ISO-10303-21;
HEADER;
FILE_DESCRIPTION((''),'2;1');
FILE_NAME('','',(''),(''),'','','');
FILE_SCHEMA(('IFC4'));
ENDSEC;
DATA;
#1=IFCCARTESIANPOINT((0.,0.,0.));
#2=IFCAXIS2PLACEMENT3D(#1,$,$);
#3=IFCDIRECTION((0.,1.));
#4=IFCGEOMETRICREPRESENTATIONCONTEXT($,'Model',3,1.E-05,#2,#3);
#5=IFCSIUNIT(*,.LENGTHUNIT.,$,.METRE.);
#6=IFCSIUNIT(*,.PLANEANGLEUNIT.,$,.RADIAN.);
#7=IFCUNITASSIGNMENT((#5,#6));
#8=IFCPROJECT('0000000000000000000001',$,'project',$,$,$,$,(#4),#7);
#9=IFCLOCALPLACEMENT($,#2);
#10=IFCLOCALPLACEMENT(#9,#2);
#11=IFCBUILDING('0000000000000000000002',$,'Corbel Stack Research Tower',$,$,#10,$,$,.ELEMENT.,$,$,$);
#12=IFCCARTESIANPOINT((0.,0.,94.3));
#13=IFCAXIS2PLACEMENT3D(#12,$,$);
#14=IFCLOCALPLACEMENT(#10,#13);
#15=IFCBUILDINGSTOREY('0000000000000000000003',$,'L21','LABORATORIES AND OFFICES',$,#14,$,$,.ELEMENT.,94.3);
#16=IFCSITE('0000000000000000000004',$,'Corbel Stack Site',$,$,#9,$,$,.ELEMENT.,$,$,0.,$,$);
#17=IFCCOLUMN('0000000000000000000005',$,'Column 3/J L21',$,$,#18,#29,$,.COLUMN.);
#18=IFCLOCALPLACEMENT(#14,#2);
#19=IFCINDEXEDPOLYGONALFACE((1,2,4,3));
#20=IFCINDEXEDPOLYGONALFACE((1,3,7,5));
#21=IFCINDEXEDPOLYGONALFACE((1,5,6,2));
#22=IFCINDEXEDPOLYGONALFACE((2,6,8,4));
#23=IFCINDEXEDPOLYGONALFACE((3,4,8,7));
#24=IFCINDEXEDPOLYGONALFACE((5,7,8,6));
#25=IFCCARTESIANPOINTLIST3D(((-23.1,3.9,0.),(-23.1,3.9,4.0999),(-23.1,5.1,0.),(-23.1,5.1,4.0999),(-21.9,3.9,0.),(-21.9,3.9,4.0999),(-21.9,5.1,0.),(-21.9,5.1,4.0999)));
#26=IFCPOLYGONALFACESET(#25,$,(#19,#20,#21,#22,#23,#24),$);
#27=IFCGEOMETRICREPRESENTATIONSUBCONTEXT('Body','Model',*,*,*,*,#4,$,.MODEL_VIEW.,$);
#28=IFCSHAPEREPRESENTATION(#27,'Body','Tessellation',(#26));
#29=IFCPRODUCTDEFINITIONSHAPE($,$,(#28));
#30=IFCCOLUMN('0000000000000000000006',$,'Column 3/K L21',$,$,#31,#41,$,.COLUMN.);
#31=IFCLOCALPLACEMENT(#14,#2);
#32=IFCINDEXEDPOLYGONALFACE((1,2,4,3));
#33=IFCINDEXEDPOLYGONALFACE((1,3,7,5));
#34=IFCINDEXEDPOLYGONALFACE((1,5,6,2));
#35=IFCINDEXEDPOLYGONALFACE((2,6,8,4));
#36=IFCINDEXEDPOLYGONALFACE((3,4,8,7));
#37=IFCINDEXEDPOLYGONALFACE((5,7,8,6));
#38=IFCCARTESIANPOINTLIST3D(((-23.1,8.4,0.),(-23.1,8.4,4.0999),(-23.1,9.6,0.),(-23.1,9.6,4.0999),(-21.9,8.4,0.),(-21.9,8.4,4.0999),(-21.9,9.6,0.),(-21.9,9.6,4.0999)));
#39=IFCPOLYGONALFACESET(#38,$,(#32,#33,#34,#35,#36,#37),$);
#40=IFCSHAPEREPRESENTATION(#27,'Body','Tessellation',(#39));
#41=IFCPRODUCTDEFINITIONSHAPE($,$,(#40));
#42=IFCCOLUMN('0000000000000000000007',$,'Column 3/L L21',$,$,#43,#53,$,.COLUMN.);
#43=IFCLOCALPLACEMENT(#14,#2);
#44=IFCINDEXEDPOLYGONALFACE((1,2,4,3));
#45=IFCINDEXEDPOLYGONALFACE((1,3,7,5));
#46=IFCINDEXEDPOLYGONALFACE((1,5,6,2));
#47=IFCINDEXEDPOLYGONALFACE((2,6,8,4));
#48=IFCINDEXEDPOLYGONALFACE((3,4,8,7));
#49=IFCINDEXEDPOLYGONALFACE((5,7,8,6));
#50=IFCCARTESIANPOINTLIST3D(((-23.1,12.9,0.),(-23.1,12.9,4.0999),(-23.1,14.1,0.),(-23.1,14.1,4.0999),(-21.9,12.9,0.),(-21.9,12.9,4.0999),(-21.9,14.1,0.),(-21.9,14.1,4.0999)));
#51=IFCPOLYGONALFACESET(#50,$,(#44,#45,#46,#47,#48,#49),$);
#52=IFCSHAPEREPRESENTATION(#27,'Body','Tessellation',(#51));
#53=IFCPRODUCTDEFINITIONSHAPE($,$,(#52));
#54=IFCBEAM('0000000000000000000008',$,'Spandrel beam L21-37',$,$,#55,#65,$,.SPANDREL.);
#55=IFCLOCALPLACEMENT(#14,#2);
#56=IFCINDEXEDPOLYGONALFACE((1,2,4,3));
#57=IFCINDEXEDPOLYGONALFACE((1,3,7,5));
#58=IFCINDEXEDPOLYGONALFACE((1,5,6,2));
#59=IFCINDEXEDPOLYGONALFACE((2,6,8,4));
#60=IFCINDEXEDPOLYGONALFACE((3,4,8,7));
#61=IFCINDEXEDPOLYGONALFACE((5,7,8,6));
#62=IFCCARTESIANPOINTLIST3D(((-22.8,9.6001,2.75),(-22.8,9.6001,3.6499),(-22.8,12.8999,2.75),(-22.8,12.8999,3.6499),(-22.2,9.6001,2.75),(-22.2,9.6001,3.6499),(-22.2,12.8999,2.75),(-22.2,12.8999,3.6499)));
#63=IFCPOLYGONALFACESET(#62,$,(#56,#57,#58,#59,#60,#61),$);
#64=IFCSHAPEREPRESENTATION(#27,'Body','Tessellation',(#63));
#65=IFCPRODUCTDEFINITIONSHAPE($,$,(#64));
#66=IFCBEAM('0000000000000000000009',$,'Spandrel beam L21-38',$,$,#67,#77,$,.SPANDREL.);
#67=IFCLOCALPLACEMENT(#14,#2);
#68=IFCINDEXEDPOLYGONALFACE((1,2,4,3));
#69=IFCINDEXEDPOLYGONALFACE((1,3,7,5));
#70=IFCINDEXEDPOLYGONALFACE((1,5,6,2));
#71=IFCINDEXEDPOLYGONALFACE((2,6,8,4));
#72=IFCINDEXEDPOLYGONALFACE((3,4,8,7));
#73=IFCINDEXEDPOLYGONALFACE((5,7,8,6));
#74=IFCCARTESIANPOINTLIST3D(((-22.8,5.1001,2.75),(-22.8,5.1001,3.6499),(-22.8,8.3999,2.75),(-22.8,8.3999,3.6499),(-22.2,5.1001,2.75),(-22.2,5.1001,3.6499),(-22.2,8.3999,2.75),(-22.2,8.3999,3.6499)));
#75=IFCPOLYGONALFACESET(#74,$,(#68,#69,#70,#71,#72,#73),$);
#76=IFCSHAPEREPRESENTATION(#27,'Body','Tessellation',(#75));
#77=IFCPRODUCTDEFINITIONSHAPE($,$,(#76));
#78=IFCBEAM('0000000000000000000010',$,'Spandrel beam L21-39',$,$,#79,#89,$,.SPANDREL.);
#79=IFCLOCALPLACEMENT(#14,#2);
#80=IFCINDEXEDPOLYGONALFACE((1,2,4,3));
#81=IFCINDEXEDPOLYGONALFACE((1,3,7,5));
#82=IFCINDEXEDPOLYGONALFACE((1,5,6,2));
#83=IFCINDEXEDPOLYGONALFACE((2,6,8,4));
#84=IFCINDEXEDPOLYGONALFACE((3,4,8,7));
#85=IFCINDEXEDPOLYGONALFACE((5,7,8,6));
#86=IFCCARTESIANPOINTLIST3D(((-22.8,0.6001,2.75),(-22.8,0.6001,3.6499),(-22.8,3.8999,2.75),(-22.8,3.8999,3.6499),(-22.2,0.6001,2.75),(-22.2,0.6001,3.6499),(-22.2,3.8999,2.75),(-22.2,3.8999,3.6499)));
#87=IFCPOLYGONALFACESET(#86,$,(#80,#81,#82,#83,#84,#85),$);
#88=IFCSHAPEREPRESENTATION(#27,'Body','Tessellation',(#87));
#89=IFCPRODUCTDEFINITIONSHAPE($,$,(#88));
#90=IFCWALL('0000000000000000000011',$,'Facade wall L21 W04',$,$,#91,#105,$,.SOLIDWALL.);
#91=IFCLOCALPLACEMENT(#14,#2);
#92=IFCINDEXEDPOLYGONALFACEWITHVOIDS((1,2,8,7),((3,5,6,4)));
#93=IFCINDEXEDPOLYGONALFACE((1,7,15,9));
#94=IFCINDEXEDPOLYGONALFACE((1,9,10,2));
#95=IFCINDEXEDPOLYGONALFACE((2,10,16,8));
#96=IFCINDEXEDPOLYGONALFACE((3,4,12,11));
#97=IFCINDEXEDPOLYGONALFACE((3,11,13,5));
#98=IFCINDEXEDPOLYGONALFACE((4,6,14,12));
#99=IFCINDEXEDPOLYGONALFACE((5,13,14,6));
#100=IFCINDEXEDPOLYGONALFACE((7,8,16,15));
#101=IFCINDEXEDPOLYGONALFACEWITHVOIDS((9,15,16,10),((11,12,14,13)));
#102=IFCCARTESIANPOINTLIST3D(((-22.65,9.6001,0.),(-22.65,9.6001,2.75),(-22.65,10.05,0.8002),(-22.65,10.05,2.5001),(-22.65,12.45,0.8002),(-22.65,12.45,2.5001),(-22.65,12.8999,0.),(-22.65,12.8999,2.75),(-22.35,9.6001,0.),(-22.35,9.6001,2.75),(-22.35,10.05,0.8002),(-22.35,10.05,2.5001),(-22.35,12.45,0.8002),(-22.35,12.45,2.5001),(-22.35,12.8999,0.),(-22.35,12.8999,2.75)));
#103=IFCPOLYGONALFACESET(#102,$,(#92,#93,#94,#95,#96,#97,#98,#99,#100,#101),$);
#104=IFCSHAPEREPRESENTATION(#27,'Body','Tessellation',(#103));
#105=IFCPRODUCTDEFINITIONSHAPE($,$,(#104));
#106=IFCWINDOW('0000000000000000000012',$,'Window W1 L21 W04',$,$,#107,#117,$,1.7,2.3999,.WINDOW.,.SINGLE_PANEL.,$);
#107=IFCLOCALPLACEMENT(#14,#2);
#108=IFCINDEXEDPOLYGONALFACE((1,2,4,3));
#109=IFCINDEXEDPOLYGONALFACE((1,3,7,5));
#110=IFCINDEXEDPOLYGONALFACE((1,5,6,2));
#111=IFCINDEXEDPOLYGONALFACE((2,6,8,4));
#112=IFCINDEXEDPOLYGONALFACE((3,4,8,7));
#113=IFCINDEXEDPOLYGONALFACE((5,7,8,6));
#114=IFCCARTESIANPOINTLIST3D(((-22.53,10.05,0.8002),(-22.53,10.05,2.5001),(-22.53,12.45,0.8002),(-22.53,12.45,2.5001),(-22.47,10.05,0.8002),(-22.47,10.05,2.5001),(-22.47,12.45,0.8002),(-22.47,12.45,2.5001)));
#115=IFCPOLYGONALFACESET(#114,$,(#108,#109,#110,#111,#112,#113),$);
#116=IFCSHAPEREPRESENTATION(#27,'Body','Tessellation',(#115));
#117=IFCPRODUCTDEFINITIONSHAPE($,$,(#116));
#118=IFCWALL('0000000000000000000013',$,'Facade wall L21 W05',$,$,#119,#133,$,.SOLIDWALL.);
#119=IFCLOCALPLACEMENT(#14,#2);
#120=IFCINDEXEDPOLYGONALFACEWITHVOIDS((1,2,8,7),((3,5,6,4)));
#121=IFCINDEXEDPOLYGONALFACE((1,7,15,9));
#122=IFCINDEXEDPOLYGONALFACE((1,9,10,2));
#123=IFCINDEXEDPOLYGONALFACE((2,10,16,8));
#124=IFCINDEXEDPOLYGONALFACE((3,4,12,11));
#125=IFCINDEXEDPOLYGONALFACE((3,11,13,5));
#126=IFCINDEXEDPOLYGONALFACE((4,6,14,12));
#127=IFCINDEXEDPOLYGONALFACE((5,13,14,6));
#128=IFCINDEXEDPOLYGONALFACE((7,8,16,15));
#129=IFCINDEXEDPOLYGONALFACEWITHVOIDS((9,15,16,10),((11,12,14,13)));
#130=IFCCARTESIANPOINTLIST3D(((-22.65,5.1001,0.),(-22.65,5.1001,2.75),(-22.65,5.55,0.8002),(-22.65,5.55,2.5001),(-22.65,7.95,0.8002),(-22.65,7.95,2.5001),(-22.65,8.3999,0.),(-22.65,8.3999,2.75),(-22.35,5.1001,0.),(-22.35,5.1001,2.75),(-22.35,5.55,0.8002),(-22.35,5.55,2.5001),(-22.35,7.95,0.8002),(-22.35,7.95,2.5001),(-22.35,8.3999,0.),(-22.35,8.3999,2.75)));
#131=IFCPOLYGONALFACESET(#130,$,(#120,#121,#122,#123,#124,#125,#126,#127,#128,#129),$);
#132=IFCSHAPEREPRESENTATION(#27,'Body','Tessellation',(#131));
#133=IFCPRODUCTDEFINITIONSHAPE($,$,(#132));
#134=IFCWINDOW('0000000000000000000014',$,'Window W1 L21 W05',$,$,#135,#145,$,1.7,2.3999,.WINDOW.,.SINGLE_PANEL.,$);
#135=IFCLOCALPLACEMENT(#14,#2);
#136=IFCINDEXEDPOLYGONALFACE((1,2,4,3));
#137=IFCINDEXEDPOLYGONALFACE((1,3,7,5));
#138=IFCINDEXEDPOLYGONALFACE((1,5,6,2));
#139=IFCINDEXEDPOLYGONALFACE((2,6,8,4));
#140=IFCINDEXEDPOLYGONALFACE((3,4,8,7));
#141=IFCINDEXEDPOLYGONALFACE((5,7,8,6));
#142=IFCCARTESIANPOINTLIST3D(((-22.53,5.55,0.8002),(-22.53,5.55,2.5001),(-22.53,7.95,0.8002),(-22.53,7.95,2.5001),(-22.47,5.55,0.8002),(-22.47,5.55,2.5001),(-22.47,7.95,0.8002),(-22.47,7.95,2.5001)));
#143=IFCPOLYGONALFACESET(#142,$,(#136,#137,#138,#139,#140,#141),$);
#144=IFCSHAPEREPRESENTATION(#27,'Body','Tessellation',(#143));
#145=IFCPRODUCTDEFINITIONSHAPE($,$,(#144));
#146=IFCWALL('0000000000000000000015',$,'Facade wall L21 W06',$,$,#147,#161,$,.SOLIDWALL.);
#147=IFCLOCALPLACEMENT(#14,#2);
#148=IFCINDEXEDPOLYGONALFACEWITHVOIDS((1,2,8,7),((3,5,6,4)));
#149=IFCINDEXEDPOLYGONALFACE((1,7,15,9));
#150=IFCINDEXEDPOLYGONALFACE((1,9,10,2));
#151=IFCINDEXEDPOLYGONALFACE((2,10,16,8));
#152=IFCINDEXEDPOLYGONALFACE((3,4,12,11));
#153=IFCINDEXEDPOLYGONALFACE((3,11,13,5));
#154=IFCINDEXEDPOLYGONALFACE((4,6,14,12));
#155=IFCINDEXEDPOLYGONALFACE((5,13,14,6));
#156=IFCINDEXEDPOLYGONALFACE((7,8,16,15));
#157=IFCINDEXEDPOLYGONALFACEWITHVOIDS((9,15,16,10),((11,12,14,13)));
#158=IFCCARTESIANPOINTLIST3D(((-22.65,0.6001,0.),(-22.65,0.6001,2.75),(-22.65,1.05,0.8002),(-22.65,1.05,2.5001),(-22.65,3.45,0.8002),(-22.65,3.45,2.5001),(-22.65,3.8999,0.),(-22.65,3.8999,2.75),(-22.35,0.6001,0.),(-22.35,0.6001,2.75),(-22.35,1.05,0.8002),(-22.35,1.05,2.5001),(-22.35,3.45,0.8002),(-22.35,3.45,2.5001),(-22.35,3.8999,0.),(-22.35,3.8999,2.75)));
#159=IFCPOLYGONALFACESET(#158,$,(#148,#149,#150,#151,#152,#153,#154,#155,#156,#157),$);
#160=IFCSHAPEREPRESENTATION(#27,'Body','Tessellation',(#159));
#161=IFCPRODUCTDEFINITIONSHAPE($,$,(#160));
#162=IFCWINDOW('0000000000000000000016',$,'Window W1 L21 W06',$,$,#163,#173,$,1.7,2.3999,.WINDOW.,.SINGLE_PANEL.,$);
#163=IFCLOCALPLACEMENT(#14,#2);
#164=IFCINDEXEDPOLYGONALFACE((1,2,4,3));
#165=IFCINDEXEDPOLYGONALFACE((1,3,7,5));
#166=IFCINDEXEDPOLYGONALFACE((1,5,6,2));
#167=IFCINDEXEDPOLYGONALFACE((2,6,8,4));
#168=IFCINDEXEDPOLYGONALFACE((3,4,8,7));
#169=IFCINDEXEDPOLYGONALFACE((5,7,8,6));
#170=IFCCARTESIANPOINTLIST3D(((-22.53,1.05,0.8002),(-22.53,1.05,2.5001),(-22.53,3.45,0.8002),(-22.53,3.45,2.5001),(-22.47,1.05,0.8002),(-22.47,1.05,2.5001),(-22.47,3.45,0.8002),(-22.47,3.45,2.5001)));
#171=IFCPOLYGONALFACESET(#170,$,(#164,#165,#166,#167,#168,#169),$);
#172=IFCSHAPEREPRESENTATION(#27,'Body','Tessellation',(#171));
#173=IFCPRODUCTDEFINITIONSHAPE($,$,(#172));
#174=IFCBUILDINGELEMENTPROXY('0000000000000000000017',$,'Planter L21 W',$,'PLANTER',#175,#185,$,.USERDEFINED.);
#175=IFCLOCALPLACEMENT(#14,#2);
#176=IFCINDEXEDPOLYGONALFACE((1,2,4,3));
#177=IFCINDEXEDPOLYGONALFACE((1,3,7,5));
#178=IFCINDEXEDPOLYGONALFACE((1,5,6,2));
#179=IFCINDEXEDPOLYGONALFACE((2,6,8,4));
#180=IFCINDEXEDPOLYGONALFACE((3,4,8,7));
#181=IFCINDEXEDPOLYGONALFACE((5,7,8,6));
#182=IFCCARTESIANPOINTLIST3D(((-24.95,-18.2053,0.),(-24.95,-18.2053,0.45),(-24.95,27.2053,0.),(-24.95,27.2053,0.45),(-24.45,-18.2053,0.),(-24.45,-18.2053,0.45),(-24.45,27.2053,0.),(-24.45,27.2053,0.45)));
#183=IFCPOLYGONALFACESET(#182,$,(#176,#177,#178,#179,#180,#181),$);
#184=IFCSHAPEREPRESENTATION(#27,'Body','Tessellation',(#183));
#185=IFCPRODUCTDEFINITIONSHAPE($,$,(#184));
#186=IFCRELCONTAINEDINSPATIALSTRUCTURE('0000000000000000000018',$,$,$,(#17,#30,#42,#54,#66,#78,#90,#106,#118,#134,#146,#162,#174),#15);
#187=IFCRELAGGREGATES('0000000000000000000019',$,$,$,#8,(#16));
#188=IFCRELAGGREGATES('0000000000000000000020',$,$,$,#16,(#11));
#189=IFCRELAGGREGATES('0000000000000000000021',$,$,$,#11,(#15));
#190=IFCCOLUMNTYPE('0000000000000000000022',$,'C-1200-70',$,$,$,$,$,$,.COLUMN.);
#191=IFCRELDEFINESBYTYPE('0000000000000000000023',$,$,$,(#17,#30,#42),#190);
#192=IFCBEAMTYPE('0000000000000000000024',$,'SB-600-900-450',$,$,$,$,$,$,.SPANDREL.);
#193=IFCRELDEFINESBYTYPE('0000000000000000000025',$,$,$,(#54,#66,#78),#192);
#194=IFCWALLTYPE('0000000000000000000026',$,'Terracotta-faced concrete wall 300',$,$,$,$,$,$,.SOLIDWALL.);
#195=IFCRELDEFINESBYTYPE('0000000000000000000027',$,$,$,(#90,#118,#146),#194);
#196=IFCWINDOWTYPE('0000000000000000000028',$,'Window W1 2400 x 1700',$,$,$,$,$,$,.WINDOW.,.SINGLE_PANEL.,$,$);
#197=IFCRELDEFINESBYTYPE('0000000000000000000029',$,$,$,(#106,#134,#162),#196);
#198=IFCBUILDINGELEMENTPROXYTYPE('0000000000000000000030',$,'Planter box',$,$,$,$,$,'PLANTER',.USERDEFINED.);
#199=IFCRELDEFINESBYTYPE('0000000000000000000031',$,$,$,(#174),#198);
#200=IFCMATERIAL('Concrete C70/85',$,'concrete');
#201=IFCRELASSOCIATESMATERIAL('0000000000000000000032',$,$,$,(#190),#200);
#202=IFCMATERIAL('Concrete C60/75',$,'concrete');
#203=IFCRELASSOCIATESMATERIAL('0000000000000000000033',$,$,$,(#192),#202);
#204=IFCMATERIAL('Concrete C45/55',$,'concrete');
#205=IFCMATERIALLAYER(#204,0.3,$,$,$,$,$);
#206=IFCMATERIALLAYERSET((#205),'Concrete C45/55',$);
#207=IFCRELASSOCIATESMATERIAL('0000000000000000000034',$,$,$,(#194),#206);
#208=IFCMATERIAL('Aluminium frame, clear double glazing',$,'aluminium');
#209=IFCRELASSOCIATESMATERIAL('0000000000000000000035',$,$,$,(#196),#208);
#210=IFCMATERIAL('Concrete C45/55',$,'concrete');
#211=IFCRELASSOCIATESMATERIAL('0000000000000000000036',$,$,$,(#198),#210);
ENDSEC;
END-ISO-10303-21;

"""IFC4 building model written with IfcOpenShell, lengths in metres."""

from ifc_helpers import new_model, si_unit, direction, frame, frame_2d, origin, origin_2d, place, context, subcontext, project, spatial, rectangle, extrude, material, layer, layer_set, material_profile, profile_set, type_object, element, fill, save


model = new_model("IFC4")

# Units and contexts
model_context = context("Model", 3, precision=1e-05, world=origin(), true_north=direction((0.0, 1.0)))
body_context = subcontext(model_context, "Body", "Model", "MODEL_VIEW")
ifc_project = project(units=[si_unit("LENGTHUNIT", "METRE"), si_unit("PLANEANGLEUNIT", "RADIAN")], contexts=[model_context])

# Site, building, storey
site_placement = place(None, origin())
site = spatial("IfcSite", under=ifc_project, at=site_placement, Name="Corbel Stack Site", CompositionType="ELEMENT", RefElevation=0.0)
building_placement = place(site_placement, origin())
building = spatial("IfcBuilding", under=site, at=building_placement, Name="Corbel Stack Research Tower", CompositionType="ELEMENT")
storey_placement = place(building_placement, frame((0.0, 0.0, 94.3)))
storey = spatial("IfcBuildingStorey", under=building, at=storey_placement, Name="L21", Description="LABORATORIES AND OFFICES", CompositionType="ELEMENT", Elevation=94.3)

# Columns
ifc_material_1 = material(Name="Concrete C70/85", Category="concrete")
ifc_material_profile_1 = material_profile(ifc_material_1, rectangle(XDim=1.2, YDim=1.2, at=origin_2d()), Name="RC 1200 x 1200")
ifc_profile_set_1 = profile_set([ifc_material_profile_1], Name="Concrete C70/85")
column_type = type_object("IfcColumnType", Name="C-1200-70", PredefinedType="COLUMN", material=ifc_profile_set_1)
for number, where, z_axis, x_axis, name in (
    (1, (-22.5, 4.5, 0.0), (0.0, 0.0, 1.0), (1.0, 0.0, 0.0), "Column 3/J L21"),
    (2, (-22.5, 9.0, 0.0), (0.0, 0.0, 1.0), (1.0, 0.0, 0.0), "Column 3/K L21"),
    (3, (-22.5, 13.5, 0.0), (0.0, 0.0, 1.0), (1.0, 0.0, 0.0), "Column 3/L L21"),
):
    element("IfcColumn", number, at=place(storey_placement, frame(where, z_axis=z_axis, x_axis=x_axis)), inside=storey, type_object=column_type, Name=name, PredefinedType="COLUMN", context=body_context, shape_type="SweptSolid", body=[
        extrude(rectangle(XDim=1.2, YDim=1.2, at=origin_2d()), origin(), (0.0, 0.0, 1.0), 4.0999),
    ])

# Beams
ifc_material_2 = material(Name="Concrete C60/75", Category="concrete")
ifc_material_profile_2 = material_profile(ifc_material_2, rectangle(XDim=0.6001, YDim=0.8999, at=origin_2d()), Name="RC 600 x 900")
ifc_profile_set_2 = profile_set([ifc_material_profile_2], Name="Concrete C60/75")
beam_type = type_object("IfcBeamType", Name="SB-600-900-450", PredefinedType="SPANDREL", material=ifc_profile_set_2)
for number, where, z_axis, x_axis, name in (
    (4, (-22.5, 12.8999, 3.2), (0.0, -1.0, 0.0), (1.0, 0.0, 0.0), "Spandrel beam L21-37"),
    (5, (-22.5, 8.3999, 3.2), (0.0, -1.0, 0.0), (1.0, 0.0, 0.0), "Spandrel beam L21-38"),
    (6, (-22.5, 3.8999, 3.2), (0.0, -1.0, 0.0), (1.0, 0.0, 0.0), "Spandrel beam L21-39"),
):
    element("IfcBeam", number, at=place(storey_placement, frame(where, z_axis=z_axis, x_axis=x_axis)), inside=storey, type_object=beam_type, Name=name, PredefinedType="SPANDREL", context=body_context, shape_type="SweptSolid", body=[
        extrude(rectangle(XDim=0.6001, YDim=0.8999, at=origin_2d()), origin(), (0.0, 0.0, 1.0), 3.2998),
    ])

# Walls, openings, windows
ifc_material_3 = material(Name="Concrete C45/55", Category="concrete")
ifc_layer = layer(ifc_material_3, 0.3)
ifc_layer_set = layer_set([ifc_layer], Name="Concrete C45/55")
wall_type = type_object("IfcWallType", Name="Terracotta-faced concrete wall 300", PredefinedType="SOLIDWALL", material=ifc_layer_set)
wall_1_placement = place(storey_placement, frame((-22.5, 9.6001, 0.0), z_axis=(0.0, 0.0, 1.0), x_axis=(0.0, 1.0, 0.0)))
wall_1 = element("IfcWall", 7, at=wall_1_placement, inside=storey, type_object=wall_type, Name="Facade wall L21 W04", PredefinedType="SOLIDWALL", context=body_context, shape_type="SweptSolid", body=[
    extrude(rectangle(XDim=3.2998, YDim=0.3, at=frame_2d((1.6499, 0.0))), origin(), (0.0, 0.0, 1.0), 2.75),
])
opening_1_placement = place(wall_1_placement, frame((0.45, 0.0, 0.8)))
opening_1 = element("IfcOpeningElement", 8, at=opening_1_placement, cuts=wall_1, PredefinedType="OPENING", context=body_context, shape_type="SweptSolid", body=[
    extrude(rectangle(XDim=2.3999, YDim=1.7, at=frame_2d((1.2, 0.8501))), frame((0.0, 0.1599, 0.0), z_axis=(0.0, -1.0, 0.0), x_axis=(1.0, 0.0, 0.0)), (0.0, 0.0, 1.0), 0.3201),
])
ifc_material_4 = material(Name="Aluminium frame, clear double glazing", Category="aluminium")
window_type = type_object("IfcWindowType", Name="Window W1 2400 x 1700", PartitioningType="SINGLE_PANEL", PredefinedType="WINDOW", material=ifc_material_4)
window_1_placement = place(opening_1_placement, origin())
window_1 = element("IfcWindow", 9, at=window_1_placement, inside=storey, type_object=window_type, Name="Window W1 L21 W04", OverallHeight=1.7, OverallWidth=2.3999, PartitioningType="SINGLE_PANEL", PredefinedType="WINDOW", context=body_context, shape_type="SweptSolid", body=[
    extrude(rectangle(XDim=2.3999, YDim=1.7, at=frame_2d((1.2, 0.8501))), frame((0.0, 0.03, 0.0), z_axis=(0.0, -1.0, 0.0), x_axis=(1.0, 0.0, 0.0)), (0.0, 0.0, 1.0), 0.0601),
])
fill(opening_1, window_1)
wall_2_placement = place(storey_placement, frame((-22.5, 5.1001, 0.0), z_axis=(0.0, 0.0, 1.0), x_axis=(0.0, 1.0, 0.0)))
wall_2 = element("IfcWall", 10, at=wall_2_placement, inside=storey, type_object=wall_type, Name="Facade wall L21 W05", PredefinedType="SOLIDWALL", context=body_context, shape_type="SweptSolid", body=[
    extrude(rectangle(XDim=3.2998, YDim=0.3, at=frame_2d((1.6499, 0.0))), origin(), (0.0, 0.0, 1.0), 2.75),
])
opening_2_placement = place(wall_2_placement, frame((0.45, 0.0, 0.8)))
opening_2 = element("IfcOpeningElement", 11, at=opening_2_placement, cuts=wall_2, PredefinedType="OPENING", context=body_context, shape_type="SweptSolid", body=[
    extrude(rectangle(XDim=2.3999, YDim=1.7, at=frame_2d((1.2, 0.8501))), frame((0.0, 0.1599, 0.0), z_axis=(0.0, -1.0, 0.0), x_axis=(1.0, 0.0, 0.0)), (0.0, 0.0, 1.0), 0.3201),
])
window_2_placement = place(opening_2_placement, origin())
window_2 = element("IfcWindow", 12, at=window_2_placement, inside=storey, type_object=window_type, Name="Window W1 L21 W05", OverallHeight=1.7, OverallWidth=2.3999, PartitioningType="SINGLE_PANEL", PredefinedType="WINDOW", context=body_context, shape_type="SweptSolid", body=[
    extrude(rectangle(XDim=2.3999, YDim=1.7, at=frame_2d((1.2, 0.8501))), frame((0.0, 0.03, 0.0), z_axis=(0.0, -1.0, 0.0), x_axis=(1.0, 0.0, 0.0)), (0.0, 0.0, 1.0), 0.0601),
])
fill(opening_2, window_2)
wall_3_placement = place(storey_placement, frame((-22.5, 0.6001, 0.0), z_axis=(0.0, 0.0, 1.0), x_axis=(0.0, 1.0, 0.0)))
wall_3 = element("IfcWall", 13, at=wall_3_placement, inside=storey, type_object=wall_type, Name="Facade wall L21 W06", PredefinedType="SOLIDWALL", context=body_context, shape_type="SweptSolid", body=[
    extrude(rectangle(XDim=3.2998, YDim=0.3, at=frame_2d((1.6499, 0.0))), origin(), (0.0, 0.0, 1.0), 2.75),
])
opening_3_placement = place(wall_3_placement, frame((0.45, 0.0, 0.8)))
opening_3 = element("IfcOpeningElement", 14, at=opening_3_placement, cuts=wall_3, PredefinedType="OPENING", context=body_context, shape_type="SweptSolid", body=[
    extrude(rectangle(XDim=2.3999, YDim=1.7, at=frame_2d((1.2, 0.8501))), frame((0.0, 0.1599, 0.0), z_axis=(0.0, -1.0, 0.0), x_axis=(1.0, 0.0, 0.0)), (0.0, 0.0, 1.0), 0.3201),
])
window_3_placement = place(opening_3_placement, origin())
window_3 = element("IfcWindow", 15, at=window_3_placement, inside=storey, type_object=window_type, Name="Window W1 L21 W06", OverallHeight=1.7, OverallWidth=2.3999, PartitioningType="SINGLE_PANEL", PredefinedType="WINDOW", context=body_context, shape_type="SweptSolid", body=[
    extrude(rectangle(XDim=2.3999, YDim=1.7, at=frame_2d((1.2, 0.8501))), frame((0.0, 0.03, 0.0), z_axis=(0.0, -1.0, 0.0), x_axis=(1.0, 0.0, 0.0)), (0.0, 0.0, 1.0), 0.0601),
])
fill(opening_3, window_3)

# Building element proxy
ifc_material_5 = material(Name="Concrete C45/55", Category="concrete")
building_element_proxy_type = type_object("IfcBuildingElementProxyType", Name="Planter box", ElementType="PLANTER", PredefinedType="USERDEFINED", material=ifc_material_5)
proxy_placement = place(storey_placement, frame((-24.7, 4.5, 0.0), z_axis=(0.0, 0.0, 1.0), x_axis=(0.0, -1.0, 0.0)))
element("IfcBuildingElementProxy", 16, at=proxy_placement, inside=storey, type_object=building_element_proxy_type, Name="Planter L21 W", ObjectType="PLANTER", PredefinedType="USERDEFINED", context=body_context, shape_type="SweptSolid", body=[
    extrude(rectangle(XDim=45.4106, YDim=0.5, at=origin_2d()), origin(), (0.0, 0.0, 1.0), 0.45),
])

save(model, "model.ifc")
